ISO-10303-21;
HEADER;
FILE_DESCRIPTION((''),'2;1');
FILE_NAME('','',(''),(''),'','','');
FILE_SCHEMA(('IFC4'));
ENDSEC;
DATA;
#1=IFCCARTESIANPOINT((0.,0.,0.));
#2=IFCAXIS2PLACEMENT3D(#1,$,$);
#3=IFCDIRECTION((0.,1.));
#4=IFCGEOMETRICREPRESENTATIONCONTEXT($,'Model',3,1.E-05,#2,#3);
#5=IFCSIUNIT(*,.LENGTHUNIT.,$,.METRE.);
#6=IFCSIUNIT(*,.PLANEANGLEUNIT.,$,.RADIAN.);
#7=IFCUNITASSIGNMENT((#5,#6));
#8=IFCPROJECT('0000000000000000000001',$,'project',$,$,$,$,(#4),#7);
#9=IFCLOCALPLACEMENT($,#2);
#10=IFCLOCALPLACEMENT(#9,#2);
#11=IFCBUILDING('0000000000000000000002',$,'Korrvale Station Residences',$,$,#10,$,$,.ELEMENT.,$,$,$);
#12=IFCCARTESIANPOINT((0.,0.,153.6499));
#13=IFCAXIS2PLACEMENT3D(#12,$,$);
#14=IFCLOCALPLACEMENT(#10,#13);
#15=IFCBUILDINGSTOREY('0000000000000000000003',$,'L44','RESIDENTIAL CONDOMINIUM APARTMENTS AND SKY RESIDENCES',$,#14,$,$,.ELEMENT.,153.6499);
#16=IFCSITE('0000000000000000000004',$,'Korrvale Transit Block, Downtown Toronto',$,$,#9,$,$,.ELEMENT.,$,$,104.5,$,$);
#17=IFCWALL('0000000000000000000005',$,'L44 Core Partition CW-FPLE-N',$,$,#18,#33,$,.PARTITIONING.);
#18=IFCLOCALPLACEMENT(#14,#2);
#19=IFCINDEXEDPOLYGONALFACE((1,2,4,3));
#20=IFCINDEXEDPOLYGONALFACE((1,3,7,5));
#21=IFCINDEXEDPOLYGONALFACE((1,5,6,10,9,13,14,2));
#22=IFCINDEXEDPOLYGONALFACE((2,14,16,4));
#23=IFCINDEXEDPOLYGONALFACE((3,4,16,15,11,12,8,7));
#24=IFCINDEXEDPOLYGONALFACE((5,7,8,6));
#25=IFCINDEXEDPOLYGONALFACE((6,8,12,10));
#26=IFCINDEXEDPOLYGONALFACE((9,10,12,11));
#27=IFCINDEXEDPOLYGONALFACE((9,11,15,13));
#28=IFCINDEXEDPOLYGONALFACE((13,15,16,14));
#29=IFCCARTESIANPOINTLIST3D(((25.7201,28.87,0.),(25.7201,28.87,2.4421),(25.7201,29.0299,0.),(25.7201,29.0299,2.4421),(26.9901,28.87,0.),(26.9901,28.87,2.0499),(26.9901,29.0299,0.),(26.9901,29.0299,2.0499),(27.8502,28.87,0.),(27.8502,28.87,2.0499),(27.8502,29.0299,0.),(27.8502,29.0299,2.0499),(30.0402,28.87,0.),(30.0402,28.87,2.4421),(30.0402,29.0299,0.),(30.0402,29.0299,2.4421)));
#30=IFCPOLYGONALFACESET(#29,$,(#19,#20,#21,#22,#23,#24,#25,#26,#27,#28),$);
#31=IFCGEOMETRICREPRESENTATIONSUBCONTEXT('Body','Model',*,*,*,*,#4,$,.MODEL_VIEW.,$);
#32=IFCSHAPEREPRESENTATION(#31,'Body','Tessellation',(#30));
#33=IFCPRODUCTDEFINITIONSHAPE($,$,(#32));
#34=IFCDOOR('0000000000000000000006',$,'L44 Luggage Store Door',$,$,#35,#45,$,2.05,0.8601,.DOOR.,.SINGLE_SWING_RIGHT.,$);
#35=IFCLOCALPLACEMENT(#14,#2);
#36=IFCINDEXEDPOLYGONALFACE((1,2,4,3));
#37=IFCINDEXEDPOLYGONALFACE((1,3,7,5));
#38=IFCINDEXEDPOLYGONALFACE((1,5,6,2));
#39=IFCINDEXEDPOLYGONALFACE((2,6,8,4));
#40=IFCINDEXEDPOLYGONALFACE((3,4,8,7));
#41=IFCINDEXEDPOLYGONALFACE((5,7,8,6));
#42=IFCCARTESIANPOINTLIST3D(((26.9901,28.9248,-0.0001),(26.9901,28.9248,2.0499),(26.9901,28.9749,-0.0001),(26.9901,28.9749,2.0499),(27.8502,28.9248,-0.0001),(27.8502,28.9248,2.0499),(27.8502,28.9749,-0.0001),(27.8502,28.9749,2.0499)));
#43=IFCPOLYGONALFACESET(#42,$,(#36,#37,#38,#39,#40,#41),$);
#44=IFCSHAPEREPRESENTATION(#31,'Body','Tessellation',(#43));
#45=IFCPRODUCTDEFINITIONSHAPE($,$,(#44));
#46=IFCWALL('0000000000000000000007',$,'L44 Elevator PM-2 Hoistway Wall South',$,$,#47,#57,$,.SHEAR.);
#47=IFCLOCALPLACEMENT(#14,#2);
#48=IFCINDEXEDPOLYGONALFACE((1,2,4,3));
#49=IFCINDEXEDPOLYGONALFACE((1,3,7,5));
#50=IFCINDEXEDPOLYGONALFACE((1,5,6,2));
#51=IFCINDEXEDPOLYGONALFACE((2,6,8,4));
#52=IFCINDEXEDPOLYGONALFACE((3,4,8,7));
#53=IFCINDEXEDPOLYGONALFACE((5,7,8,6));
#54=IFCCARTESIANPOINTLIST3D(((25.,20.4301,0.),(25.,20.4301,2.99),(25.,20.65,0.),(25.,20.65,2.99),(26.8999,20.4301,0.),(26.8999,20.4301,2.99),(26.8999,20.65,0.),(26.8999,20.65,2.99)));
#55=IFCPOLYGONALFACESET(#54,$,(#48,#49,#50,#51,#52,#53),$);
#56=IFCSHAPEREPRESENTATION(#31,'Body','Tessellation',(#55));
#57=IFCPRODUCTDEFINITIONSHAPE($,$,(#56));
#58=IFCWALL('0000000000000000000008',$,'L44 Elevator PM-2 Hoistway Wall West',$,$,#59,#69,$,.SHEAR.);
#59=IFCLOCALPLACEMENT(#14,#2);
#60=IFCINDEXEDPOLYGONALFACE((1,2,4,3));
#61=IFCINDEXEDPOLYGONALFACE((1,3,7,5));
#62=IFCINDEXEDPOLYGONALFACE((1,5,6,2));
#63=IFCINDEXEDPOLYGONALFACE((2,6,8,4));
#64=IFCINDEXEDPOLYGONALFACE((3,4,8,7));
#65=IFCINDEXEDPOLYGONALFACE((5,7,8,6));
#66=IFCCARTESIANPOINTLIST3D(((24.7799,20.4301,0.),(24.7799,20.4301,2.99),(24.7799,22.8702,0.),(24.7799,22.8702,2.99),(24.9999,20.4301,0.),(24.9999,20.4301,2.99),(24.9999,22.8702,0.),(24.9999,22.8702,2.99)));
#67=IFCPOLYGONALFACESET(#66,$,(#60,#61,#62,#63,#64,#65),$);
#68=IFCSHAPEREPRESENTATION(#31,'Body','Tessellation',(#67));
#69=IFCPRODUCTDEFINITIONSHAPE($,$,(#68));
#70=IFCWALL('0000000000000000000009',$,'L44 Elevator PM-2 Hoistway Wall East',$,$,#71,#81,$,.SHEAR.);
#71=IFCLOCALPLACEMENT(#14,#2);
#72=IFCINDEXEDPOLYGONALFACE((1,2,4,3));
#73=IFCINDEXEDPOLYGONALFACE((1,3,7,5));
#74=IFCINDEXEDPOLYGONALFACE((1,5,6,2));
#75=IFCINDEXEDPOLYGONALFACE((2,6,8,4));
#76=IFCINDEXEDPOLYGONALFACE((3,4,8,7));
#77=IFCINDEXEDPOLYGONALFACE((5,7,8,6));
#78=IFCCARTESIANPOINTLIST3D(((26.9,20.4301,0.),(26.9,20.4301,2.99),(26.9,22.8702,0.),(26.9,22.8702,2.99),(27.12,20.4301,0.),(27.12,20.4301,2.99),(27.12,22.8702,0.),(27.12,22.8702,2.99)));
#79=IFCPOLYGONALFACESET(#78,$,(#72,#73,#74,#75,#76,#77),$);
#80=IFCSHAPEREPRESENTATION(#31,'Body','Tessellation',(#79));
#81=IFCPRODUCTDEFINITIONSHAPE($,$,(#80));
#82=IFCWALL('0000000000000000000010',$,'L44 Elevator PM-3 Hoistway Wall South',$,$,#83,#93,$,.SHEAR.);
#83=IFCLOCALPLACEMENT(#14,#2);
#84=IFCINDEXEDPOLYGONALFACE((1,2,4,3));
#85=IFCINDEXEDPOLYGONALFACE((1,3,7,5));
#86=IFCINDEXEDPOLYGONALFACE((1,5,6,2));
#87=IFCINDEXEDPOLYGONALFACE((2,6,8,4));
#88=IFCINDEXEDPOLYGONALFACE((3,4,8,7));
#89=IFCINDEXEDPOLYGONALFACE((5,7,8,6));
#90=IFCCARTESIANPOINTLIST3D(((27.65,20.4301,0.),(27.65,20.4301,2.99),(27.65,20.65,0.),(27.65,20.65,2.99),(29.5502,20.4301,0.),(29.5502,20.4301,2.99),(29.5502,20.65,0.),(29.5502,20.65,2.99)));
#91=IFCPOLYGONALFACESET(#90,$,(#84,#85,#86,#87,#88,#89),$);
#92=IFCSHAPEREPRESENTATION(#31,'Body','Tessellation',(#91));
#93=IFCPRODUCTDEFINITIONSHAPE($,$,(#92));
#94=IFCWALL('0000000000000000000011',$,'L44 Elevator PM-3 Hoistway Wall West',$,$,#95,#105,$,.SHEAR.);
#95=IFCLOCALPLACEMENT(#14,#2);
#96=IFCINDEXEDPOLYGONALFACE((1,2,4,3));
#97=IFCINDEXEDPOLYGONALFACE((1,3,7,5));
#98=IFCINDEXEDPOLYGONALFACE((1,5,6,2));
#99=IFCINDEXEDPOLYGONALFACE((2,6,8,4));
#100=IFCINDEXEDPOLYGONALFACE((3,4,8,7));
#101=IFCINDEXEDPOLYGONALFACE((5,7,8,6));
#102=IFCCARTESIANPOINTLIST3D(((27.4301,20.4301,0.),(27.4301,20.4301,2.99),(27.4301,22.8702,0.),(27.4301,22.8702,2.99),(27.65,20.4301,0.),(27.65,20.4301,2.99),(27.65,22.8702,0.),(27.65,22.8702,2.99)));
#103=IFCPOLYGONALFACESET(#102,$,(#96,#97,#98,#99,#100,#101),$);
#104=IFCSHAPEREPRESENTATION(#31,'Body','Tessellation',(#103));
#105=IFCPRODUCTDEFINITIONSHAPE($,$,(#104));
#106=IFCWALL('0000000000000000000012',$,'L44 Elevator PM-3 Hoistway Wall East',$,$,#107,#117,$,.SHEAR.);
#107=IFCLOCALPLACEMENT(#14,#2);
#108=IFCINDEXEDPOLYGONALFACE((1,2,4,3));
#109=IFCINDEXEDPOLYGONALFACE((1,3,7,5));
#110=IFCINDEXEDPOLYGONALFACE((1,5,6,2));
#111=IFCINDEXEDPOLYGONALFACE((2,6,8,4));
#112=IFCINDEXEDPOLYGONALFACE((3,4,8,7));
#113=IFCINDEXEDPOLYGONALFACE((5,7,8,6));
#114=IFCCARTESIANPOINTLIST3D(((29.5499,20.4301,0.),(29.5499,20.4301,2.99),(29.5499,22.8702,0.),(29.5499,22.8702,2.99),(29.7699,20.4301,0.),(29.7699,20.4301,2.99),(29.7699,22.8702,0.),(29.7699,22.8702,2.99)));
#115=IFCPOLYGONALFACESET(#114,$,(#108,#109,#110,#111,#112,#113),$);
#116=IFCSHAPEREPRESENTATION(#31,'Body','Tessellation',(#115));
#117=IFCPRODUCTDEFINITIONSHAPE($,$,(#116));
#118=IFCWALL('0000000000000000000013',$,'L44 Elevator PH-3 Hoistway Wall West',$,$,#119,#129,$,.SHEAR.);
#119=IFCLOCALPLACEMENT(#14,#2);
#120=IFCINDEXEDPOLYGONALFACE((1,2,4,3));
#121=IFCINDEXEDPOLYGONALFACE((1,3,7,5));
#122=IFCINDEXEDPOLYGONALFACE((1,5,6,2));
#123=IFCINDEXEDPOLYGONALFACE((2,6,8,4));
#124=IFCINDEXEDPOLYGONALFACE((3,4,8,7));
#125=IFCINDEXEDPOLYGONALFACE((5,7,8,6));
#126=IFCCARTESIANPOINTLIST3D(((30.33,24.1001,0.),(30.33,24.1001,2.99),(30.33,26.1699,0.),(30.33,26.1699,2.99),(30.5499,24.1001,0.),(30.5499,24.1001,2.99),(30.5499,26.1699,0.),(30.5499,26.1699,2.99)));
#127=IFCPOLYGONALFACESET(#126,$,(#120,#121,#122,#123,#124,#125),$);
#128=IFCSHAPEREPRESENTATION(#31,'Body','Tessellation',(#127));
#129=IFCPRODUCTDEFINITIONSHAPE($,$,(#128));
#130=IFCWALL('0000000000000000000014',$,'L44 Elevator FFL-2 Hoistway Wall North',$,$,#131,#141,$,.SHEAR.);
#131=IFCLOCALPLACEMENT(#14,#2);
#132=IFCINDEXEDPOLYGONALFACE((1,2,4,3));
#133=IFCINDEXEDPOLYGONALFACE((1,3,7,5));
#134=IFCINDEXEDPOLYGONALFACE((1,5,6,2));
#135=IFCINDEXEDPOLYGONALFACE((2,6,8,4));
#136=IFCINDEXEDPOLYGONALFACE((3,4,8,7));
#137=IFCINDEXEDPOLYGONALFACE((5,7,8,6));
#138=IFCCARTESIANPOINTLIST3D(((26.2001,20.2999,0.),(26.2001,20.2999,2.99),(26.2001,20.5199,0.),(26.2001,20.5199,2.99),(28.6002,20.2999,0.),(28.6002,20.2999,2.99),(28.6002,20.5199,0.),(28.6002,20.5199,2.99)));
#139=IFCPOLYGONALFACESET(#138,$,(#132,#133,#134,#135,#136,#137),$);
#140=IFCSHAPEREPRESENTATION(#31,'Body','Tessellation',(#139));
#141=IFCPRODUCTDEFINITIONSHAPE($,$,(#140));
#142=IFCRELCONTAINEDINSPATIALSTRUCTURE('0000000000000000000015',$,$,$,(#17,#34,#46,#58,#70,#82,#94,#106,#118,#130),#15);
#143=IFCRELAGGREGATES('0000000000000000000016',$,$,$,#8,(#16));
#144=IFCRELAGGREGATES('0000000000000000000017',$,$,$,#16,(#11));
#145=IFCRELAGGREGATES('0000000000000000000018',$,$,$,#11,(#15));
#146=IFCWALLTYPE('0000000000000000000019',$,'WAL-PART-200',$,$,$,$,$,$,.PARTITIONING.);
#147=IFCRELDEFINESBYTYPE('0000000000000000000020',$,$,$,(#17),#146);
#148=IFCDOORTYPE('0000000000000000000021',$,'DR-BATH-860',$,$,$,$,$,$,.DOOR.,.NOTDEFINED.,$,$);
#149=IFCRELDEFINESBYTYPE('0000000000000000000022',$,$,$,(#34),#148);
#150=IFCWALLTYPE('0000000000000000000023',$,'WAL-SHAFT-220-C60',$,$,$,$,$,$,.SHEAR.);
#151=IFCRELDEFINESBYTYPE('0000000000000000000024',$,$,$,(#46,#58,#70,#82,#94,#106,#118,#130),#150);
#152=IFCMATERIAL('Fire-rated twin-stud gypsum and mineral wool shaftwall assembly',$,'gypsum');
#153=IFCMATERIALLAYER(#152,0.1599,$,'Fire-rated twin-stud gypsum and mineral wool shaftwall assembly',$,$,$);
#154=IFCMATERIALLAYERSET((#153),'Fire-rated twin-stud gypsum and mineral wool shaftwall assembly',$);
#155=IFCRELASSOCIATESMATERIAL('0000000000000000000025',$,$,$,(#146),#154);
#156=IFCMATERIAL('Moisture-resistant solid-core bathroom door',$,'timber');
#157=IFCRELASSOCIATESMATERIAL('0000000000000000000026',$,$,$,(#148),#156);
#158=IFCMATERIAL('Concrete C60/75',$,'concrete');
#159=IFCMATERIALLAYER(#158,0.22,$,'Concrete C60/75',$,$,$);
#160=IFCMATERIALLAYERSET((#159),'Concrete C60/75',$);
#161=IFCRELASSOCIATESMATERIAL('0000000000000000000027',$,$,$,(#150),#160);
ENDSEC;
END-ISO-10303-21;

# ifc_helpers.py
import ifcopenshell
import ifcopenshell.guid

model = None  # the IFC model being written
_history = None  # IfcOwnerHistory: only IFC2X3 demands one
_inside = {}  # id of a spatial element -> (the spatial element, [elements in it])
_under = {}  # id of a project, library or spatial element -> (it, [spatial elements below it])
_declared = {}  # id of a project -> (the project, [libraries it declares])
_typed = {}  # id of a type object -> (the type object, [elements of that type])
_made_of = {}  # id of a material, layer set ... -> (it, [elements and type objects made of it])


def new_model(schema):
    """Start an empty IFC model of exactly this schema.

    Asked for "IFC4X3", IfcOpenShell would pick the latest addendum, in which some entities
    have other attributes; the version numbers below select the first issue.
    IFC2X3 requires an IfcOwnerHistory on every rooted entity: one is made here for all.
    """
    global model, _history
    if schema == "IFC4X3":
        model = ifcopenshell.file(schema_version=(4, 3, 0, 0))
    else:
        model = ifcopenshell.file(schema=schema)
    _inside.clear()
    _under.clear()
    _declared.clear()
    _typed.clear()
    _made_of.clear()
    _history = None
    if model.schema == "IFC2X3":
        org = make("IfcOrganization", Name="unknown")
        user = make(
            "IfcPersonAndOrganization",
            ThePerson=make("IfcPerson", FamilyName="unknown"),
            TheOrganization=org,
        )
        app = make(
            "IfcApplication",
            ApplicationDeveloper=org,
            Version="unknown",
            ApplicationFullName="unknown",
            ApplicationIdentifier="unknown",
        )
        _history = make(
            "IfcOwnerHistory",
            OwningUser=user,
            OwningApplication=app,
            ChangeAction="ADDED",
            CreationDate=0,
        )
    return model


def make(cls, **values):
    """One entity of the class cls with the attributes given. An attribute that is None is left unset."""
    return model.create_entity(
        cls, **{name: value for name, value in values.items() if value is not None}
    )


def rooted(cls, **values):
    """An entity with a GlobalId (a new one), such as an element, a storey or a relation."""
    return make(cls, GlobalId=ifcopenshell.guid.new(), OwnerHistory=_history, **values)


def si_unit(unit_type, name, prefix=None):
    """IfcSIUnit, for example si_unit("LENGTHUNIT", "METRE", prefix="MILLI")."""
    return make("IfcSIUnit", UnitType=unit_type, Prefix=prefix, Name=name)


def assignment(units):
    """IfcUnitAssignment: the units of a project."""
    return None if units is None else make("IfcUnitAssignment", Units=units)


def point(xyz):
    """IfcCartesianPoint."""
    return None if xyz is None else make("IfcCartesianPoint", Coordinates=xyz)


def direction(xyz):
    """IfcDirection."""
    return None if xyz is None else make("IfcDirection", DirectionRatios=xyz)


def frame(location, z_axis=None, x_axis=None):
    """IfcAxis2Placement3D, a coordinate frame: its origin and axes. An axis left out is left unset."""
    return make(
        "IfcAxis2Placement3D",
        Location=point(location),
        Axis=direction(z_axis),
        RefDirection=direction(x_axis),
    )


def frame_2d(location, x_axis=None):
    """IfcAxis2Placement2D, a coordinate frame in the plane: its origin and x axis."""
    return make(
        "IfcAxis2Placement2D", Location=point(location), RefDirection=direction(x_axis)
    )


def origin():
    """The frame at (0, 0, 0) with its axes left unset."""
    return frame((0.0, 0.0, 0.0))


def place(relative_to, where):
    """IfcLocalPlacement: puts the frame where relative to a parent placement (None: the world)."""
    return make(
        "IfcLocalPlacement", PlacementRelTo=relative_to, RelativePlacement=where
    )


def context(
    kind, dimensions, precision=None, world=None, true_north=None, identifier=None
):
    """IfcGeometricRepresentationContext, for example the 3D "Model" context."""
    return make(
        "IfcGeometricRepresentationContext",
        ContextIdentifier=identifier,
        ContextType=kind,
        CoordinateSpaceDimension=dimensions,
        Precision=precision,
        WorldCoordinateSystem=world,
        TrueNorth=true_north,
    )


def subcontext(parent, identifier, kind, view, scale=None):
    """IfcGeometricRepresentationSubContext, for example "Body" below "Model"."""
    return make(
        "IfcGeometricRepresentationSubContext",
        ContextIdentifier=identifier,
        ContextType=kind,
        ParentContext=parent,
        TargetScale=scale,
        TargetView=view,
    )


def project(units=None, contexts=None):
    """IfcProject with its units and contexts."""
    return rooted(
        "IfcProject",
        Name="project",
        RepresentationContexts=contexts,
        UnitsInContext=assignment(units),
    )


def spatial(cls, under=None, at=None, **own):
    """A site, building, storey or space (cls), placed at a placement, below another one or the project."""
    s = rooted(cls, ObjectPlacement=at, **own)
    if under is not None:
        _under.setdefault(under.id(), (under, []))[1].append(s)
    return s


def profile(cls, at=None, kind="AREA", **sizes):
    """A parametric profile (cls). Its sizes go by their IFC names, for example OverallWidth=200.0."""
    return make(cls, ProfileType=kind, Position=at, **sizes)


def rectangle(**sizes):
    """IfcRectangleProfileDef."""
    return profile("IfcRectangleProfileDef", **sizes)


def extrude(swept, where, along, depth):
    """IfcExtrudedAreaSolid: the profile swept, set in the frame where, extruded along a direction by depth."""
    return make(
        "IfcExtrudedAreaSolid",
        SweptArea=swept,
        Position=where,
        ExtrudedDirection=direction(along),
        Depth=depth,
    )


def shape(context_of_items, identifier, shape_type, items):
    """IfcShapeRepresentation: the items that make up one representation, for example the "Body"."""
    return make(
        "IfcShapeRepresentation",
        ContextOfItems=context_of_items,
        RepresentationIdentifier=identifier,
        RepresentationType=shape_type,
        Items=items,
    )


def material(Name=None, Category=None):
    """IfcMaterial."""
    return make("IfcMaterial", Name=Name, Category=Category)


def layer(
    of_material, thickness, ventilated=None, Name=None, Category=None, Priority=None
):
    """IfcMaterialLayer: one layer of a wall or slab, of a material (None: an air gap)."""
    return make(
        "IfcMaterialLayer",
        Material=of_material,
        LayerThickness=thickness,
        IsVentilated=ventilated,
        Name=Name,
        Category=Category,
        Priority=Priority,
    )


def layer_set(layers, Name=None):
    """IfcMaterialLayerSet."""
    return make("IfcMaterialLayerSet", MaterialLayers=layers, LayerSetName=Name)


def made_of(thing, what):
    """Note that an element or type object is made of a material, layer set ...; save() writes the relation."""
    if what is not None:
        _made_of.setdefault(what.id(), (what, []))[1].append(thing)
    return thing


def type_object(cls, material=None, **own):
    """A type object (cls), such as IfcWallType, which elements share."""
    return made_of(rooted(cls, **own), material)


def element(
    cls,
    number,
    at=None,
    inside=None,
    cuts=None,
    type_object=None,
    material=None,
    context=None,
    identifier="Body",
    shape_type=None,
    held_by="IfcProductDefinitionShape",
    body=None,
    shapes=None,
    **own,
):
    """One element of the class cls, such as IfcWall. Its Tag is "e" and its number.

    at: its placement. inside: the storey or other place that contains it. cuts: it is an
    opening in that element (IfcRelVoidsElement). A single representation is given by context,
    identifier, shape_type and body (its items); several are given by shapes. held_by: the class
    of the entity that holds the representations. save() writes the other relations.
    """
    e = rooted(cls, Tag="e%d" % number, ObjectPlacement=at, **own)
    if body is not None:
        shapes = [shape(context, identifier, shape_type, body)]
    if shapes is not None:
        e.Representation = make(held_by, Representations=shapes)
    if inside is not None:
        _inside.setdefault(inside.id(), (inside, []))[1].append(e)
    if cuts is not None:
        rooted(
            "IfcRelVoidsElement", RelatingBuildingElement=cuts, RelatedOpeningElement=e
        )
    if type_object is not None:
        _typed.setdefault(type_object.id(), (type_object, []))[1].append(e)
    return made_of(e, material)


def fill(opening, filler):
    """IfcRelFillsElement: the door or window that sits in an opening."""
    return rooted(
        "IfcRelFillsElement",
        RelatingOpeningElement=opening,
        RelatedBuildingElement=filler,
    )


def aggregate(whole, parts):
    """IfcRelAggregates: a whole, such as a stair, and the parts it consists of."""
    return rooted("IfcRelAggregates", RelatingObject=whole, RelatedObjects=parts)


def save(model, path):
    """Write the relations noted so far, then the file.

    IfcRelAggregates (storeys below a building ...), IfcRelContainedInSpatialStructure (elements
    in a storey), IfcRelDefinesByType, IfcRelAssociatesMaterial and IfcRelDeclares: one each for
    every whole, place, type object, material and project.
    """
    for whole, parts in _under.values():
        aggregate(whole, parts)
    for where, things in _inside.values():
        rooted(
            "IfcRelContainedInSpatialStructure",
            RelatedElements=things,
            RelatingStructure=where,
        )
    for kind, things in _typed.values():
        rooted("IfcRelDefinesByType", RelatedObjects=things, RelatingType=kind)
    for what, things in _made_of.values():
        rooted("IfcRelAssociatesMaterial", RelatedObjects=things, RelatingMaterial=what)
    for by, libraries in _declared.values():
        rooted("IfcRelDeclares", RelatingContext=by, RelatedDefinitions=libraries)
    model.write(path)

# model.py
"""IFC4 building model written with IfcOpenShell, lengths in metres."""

from ifc_helpers import new_model, si_unit, direction, frame, frame_2d, origin, place, context, subcontext, project, spatial, rectangle, extrude, material, layer, layer_set, type_object, element, fill, save


model = new_model("IFC4")

# Units and contexts
model_context = context("Model", 3, precision=1e-05, world=origin(), true_north=direction((0.0, 1.0)))
body_context = subcontext(model_context, "Body", "Model", "MODEL_VIEW")
ifc_project = project(units=[si_unit("LENGTHUNIT", "METRE"), si_unit("PLANEANGLEUNIT", "RADIAN")], contexts=[model_context])

# Site, building, storey
site_placement = place(None, origin())
site = spatial("IfcSite", under=ifc_project, at=site_placement, Name="Korrvale Transit Block, Downtown Toronto", CompositionType="ELEMENT", RefElevation=104.5)
building_placement = place(site_placement, origin())
building = spatial("IfcBuilding", under=site, at=building_placement, Name="Korrvale Station Residences", CompositionType="ELEMENT")
storey_placement = place(building_placement, frame((0.0, 0.0, 153.6499)))
storey = spatial("IfcBuildingStorey", under=building, at=storey_placement, Name="L44", Description="RESIDENTIAL CONDOMINIUM APARTMENTS AND SKY RESIDENCES", CompositionType="ELEMENT", Elevation=153.6499)

# Shared definitions
ifc_material_1 = material(Name="Concrete C60/75", Category="concrete")

# Wall, opening, door
ifc_material_2 = material(Name="Fire-rated twin-stud gypsum and mineral wool shaftwall assembly", Category="gypsum")
ifc_layer_1 = layer(ifc_material_2, 0.1599, Name="Fire-rated twin-stud gypsum and mineral wool shaftwall assembly")
ifc_layer_set_1 = layer_set([ifc_layer_1], Name="Fire-rated twin-stud gypsum and mineral wool shaftwall assembly")
wall_type_1 = type_object("IfcWallType", Name="WAL-PART-200", PredefinedType="PARTITIONING", material=ifc_layer_set_1)
ifc_material_3 = material(Name="Moisture-resistant solid-core bathroom door", Category="timber")
door_type_1 = type_object("IfcDoorType", Name="DR-BATH-860", OperationType="NOTDEFINED", PredefinedType="DOOR", material=ifc_material_3)
wall_1_placement = place(storey_placement, frame((25.72, 28.95, 0.0), z_axis=(0.0, 0.0, 1.0), x_axis=(1.0, 0.0, 0.0)))
wall_1 = element("IfcWall", 1, at=wall_1_placement, inside=storey, type_object=wall_type_1, Name="L44 Core Partition CW-FPLE-N", PredefinedType="PARTITIONING", context=body_context, shape_type="SweptSolid", body=[
    extrude(rectangle(XDim=4.3201, YDim=0.1599, at=frame_2d((2.1602, 0.0))), origin(), (0.0, 0.0, 1.0), 2.4421),
])
opening_1_placement = place(wall_1_placement, frame((1.27, 0.0, 0.0)))
opening_1 = element("IfcOpeningElement", 2, at=opening_1_placement, cuts=wall_1, PredefinedType="OPENING", context=body_context, shape_type="SweptSolid", body=[
    extrude(rectangle(XDim=0.8601, YDim=2.05, at=frame_2d((0.4302, 1.0249))), frame((0.0, 0.0898, 0.0), z_axis=(0.0, -1.0, 0.0), x_axis=(1.0, 0.0, 0.0)), (0.0, 0.0, 1.0), 0.1799),
])
door_1_placement = place(opening_1_placement, origin())
door_1 = element("IfcDoor", 3, at=door_1_placement, inside=storey, type_object=door_type_1, Name="L44 Luggage Store Door", OperationType="SINGLE_SWING_RIGHT", OverallHeight=2.05, OverallWidth=0.8601, PredefinedType="DOOR", context=body_context, shape_type="SweptSolid", body=[
    extrude(rectangle(XDim=0.8601, YDim=2.05, at=frame_2d((0.4302, 1.0249))), frame((0.0, 0.0249, 0.0), z_axis=(0.0, -1.0, 0.0), x_axis=(1.0, 0.0, 0.0)), (0.0, 0.0, 1.0), 0.05),
])
fill(opening_1, door_1)

# Wall
ifc_layer_2 = layer(ifc_material_1, 0.22, Name="Concrete C60/75")
ifc_layer_set_2 = layer_set([ifc_layer_2], Name="Concrete C60/75")
wall_type_2 = type_object("IfcWallType", Name="WAL-SHAFT-220-C60", PredefinedType="SHEAR", material=ifc_layer_set_2)
wall_2_placement = place(storey_placement, frame((25.0, 20.54, 0.0), z_axis=(0.0, 0.0, 1.0), x_axis=(1.0, 0.0, 0.0)))
element("IfcWall", 4, at=wall_2_placement, inside=storey, type_object=wall_type_2, Name="L44 Elevator PM-2 Hoistway Wall South", PredefinedType="SHEAR", context=body_context, shape_type="SweptSolid", body=[
    extrude(rectangle(XDim=1.8999, YDim=0.22, at=frame_2d((0.95, 0.0))), origin(), (0.0, 0.0, 1.0), 2.99),
])

# Walls
for number, where, z_axis, x_axis, name in (
    (5, (24.8899, 20.4299, 0.0), (0.0, 0.0, 1.0), (0.0, 1.0, 0.0), "L44 Elevator PM-2 Hoistway Wall West"),
    (6, (27.01, 20.4299, 0.0), (0.0, 0.0, 1.0), (0.0, 1.0, 0.0), "L44 Elevator PM-2 Hoistway Wall East"),
):
    element("IfcWall", number, at=place(storey_placement, frame(where, z_axis=z_axis, x_axis=x_axis)), inside=storey, type_object=wall_type_2, Name=name, PredefinedType="SHEAR", context=body_context, shape_type="SweptSolid", body=[
        extrude(rectangle(XDim=2.4402, YDim=0.22, at=frame_2d((1.2202, 0.0))), origin(), (0.0, 0.0, 1.0), 2.99),
    ])
wall_3_placement = place(storey_placement, frame((27.6499, 20.54, 0.0), z_axis=(0.0, 0.0, 1.0), x_axis=(1.0, 0.0, 0.0)))
element("IfcWall", 7, at=wall_3_placement, inside=storey, type_object=wall_type_2, Name="L44 Elevator PM-3 Hoistway Wall South", PredefinedType="SHEAR", context=body_context, shape_type="SweptSolid", body=[
    extrude(rectangle(XDim=1.9001, YDim=0.22, at=frame_2d((0.9502, 0.0))), origin(), (0.0, 0.0, 1.0), 2.99),
])

# Walls
for number, where, z_axis, x_axis, name in (
    (8, (27.54, 20.4299, 0.0), (0.0, 0.0, 1.0), (0.0, 1.0, 0.0), "L44 Elevator PM-3 Hoistway Wall West"),
    (9, (29.6599, 20.4299, 0.0), (0.0, 0.0, 1.0), (0.0, 1.0, 0.0), "L44 Elevator PM-3 Hoistway Wall East"),
):
    element("IfcWall", number, at=place(storey_placement, frame(where, z_axis=z_axis, x_axis=x_axis)), inside=storey, type_object=wall_type_2, Name=name, PredefinedType="SHEAR", context=body_context, shape_type="SweptSolid", body=[
        extrude(rectangle(XDim=2.4402, YDim=0.22, at=frame_2d((1.2202, 0.0))), origin(), (0.0, 0.0, 1.0), 2.99),
    ])
wall_4_placement = place(storey_placement, frame((30.4399, 24.1001, 0.0), z_axis=(0.0, 0.0, 1.0), x_axis=(0.0, 1.0, 0.0)))
element("IfcWall", 10, at=wall_4_placement, inside=storey, type_object=wall_type_2, Name="L44 Elevator PH-3 Hoistway Wall West", PredefinedType="SHEAR", context=body_context, shape_type="SweptSolid", body=[
    extrude(rectangle(XDim=2.0698, YDim=0.22, at=frame_2d((1.0349, 0.0))), origin(), (0.0, 0.0, 1.0), 2.99),
])
wall_5_placement = place(storey_placement, frame((26.2, 20.4099, 0.0), z_axis=(0.0, 0.0, 1.0), x_axis=(1.0, 0.0, 0.0)))
element("IfcWall", 11, at=wall_5_placement, inside=storey, type_object=wall_type_2, Name="L44 Elevator FFL-2 Hoistway Wall North", PredefinedType="SHEAR", context=body_context, shape_type="SweptSolid", body=[
    extrude(rectangle(XDim=2.4001, YDim=0.22, at=frame_2d((1.2002, 0.0))), origin(), (0.0, 0.0, 1.0), 2.99),
])

save(model, "model.ifc")
